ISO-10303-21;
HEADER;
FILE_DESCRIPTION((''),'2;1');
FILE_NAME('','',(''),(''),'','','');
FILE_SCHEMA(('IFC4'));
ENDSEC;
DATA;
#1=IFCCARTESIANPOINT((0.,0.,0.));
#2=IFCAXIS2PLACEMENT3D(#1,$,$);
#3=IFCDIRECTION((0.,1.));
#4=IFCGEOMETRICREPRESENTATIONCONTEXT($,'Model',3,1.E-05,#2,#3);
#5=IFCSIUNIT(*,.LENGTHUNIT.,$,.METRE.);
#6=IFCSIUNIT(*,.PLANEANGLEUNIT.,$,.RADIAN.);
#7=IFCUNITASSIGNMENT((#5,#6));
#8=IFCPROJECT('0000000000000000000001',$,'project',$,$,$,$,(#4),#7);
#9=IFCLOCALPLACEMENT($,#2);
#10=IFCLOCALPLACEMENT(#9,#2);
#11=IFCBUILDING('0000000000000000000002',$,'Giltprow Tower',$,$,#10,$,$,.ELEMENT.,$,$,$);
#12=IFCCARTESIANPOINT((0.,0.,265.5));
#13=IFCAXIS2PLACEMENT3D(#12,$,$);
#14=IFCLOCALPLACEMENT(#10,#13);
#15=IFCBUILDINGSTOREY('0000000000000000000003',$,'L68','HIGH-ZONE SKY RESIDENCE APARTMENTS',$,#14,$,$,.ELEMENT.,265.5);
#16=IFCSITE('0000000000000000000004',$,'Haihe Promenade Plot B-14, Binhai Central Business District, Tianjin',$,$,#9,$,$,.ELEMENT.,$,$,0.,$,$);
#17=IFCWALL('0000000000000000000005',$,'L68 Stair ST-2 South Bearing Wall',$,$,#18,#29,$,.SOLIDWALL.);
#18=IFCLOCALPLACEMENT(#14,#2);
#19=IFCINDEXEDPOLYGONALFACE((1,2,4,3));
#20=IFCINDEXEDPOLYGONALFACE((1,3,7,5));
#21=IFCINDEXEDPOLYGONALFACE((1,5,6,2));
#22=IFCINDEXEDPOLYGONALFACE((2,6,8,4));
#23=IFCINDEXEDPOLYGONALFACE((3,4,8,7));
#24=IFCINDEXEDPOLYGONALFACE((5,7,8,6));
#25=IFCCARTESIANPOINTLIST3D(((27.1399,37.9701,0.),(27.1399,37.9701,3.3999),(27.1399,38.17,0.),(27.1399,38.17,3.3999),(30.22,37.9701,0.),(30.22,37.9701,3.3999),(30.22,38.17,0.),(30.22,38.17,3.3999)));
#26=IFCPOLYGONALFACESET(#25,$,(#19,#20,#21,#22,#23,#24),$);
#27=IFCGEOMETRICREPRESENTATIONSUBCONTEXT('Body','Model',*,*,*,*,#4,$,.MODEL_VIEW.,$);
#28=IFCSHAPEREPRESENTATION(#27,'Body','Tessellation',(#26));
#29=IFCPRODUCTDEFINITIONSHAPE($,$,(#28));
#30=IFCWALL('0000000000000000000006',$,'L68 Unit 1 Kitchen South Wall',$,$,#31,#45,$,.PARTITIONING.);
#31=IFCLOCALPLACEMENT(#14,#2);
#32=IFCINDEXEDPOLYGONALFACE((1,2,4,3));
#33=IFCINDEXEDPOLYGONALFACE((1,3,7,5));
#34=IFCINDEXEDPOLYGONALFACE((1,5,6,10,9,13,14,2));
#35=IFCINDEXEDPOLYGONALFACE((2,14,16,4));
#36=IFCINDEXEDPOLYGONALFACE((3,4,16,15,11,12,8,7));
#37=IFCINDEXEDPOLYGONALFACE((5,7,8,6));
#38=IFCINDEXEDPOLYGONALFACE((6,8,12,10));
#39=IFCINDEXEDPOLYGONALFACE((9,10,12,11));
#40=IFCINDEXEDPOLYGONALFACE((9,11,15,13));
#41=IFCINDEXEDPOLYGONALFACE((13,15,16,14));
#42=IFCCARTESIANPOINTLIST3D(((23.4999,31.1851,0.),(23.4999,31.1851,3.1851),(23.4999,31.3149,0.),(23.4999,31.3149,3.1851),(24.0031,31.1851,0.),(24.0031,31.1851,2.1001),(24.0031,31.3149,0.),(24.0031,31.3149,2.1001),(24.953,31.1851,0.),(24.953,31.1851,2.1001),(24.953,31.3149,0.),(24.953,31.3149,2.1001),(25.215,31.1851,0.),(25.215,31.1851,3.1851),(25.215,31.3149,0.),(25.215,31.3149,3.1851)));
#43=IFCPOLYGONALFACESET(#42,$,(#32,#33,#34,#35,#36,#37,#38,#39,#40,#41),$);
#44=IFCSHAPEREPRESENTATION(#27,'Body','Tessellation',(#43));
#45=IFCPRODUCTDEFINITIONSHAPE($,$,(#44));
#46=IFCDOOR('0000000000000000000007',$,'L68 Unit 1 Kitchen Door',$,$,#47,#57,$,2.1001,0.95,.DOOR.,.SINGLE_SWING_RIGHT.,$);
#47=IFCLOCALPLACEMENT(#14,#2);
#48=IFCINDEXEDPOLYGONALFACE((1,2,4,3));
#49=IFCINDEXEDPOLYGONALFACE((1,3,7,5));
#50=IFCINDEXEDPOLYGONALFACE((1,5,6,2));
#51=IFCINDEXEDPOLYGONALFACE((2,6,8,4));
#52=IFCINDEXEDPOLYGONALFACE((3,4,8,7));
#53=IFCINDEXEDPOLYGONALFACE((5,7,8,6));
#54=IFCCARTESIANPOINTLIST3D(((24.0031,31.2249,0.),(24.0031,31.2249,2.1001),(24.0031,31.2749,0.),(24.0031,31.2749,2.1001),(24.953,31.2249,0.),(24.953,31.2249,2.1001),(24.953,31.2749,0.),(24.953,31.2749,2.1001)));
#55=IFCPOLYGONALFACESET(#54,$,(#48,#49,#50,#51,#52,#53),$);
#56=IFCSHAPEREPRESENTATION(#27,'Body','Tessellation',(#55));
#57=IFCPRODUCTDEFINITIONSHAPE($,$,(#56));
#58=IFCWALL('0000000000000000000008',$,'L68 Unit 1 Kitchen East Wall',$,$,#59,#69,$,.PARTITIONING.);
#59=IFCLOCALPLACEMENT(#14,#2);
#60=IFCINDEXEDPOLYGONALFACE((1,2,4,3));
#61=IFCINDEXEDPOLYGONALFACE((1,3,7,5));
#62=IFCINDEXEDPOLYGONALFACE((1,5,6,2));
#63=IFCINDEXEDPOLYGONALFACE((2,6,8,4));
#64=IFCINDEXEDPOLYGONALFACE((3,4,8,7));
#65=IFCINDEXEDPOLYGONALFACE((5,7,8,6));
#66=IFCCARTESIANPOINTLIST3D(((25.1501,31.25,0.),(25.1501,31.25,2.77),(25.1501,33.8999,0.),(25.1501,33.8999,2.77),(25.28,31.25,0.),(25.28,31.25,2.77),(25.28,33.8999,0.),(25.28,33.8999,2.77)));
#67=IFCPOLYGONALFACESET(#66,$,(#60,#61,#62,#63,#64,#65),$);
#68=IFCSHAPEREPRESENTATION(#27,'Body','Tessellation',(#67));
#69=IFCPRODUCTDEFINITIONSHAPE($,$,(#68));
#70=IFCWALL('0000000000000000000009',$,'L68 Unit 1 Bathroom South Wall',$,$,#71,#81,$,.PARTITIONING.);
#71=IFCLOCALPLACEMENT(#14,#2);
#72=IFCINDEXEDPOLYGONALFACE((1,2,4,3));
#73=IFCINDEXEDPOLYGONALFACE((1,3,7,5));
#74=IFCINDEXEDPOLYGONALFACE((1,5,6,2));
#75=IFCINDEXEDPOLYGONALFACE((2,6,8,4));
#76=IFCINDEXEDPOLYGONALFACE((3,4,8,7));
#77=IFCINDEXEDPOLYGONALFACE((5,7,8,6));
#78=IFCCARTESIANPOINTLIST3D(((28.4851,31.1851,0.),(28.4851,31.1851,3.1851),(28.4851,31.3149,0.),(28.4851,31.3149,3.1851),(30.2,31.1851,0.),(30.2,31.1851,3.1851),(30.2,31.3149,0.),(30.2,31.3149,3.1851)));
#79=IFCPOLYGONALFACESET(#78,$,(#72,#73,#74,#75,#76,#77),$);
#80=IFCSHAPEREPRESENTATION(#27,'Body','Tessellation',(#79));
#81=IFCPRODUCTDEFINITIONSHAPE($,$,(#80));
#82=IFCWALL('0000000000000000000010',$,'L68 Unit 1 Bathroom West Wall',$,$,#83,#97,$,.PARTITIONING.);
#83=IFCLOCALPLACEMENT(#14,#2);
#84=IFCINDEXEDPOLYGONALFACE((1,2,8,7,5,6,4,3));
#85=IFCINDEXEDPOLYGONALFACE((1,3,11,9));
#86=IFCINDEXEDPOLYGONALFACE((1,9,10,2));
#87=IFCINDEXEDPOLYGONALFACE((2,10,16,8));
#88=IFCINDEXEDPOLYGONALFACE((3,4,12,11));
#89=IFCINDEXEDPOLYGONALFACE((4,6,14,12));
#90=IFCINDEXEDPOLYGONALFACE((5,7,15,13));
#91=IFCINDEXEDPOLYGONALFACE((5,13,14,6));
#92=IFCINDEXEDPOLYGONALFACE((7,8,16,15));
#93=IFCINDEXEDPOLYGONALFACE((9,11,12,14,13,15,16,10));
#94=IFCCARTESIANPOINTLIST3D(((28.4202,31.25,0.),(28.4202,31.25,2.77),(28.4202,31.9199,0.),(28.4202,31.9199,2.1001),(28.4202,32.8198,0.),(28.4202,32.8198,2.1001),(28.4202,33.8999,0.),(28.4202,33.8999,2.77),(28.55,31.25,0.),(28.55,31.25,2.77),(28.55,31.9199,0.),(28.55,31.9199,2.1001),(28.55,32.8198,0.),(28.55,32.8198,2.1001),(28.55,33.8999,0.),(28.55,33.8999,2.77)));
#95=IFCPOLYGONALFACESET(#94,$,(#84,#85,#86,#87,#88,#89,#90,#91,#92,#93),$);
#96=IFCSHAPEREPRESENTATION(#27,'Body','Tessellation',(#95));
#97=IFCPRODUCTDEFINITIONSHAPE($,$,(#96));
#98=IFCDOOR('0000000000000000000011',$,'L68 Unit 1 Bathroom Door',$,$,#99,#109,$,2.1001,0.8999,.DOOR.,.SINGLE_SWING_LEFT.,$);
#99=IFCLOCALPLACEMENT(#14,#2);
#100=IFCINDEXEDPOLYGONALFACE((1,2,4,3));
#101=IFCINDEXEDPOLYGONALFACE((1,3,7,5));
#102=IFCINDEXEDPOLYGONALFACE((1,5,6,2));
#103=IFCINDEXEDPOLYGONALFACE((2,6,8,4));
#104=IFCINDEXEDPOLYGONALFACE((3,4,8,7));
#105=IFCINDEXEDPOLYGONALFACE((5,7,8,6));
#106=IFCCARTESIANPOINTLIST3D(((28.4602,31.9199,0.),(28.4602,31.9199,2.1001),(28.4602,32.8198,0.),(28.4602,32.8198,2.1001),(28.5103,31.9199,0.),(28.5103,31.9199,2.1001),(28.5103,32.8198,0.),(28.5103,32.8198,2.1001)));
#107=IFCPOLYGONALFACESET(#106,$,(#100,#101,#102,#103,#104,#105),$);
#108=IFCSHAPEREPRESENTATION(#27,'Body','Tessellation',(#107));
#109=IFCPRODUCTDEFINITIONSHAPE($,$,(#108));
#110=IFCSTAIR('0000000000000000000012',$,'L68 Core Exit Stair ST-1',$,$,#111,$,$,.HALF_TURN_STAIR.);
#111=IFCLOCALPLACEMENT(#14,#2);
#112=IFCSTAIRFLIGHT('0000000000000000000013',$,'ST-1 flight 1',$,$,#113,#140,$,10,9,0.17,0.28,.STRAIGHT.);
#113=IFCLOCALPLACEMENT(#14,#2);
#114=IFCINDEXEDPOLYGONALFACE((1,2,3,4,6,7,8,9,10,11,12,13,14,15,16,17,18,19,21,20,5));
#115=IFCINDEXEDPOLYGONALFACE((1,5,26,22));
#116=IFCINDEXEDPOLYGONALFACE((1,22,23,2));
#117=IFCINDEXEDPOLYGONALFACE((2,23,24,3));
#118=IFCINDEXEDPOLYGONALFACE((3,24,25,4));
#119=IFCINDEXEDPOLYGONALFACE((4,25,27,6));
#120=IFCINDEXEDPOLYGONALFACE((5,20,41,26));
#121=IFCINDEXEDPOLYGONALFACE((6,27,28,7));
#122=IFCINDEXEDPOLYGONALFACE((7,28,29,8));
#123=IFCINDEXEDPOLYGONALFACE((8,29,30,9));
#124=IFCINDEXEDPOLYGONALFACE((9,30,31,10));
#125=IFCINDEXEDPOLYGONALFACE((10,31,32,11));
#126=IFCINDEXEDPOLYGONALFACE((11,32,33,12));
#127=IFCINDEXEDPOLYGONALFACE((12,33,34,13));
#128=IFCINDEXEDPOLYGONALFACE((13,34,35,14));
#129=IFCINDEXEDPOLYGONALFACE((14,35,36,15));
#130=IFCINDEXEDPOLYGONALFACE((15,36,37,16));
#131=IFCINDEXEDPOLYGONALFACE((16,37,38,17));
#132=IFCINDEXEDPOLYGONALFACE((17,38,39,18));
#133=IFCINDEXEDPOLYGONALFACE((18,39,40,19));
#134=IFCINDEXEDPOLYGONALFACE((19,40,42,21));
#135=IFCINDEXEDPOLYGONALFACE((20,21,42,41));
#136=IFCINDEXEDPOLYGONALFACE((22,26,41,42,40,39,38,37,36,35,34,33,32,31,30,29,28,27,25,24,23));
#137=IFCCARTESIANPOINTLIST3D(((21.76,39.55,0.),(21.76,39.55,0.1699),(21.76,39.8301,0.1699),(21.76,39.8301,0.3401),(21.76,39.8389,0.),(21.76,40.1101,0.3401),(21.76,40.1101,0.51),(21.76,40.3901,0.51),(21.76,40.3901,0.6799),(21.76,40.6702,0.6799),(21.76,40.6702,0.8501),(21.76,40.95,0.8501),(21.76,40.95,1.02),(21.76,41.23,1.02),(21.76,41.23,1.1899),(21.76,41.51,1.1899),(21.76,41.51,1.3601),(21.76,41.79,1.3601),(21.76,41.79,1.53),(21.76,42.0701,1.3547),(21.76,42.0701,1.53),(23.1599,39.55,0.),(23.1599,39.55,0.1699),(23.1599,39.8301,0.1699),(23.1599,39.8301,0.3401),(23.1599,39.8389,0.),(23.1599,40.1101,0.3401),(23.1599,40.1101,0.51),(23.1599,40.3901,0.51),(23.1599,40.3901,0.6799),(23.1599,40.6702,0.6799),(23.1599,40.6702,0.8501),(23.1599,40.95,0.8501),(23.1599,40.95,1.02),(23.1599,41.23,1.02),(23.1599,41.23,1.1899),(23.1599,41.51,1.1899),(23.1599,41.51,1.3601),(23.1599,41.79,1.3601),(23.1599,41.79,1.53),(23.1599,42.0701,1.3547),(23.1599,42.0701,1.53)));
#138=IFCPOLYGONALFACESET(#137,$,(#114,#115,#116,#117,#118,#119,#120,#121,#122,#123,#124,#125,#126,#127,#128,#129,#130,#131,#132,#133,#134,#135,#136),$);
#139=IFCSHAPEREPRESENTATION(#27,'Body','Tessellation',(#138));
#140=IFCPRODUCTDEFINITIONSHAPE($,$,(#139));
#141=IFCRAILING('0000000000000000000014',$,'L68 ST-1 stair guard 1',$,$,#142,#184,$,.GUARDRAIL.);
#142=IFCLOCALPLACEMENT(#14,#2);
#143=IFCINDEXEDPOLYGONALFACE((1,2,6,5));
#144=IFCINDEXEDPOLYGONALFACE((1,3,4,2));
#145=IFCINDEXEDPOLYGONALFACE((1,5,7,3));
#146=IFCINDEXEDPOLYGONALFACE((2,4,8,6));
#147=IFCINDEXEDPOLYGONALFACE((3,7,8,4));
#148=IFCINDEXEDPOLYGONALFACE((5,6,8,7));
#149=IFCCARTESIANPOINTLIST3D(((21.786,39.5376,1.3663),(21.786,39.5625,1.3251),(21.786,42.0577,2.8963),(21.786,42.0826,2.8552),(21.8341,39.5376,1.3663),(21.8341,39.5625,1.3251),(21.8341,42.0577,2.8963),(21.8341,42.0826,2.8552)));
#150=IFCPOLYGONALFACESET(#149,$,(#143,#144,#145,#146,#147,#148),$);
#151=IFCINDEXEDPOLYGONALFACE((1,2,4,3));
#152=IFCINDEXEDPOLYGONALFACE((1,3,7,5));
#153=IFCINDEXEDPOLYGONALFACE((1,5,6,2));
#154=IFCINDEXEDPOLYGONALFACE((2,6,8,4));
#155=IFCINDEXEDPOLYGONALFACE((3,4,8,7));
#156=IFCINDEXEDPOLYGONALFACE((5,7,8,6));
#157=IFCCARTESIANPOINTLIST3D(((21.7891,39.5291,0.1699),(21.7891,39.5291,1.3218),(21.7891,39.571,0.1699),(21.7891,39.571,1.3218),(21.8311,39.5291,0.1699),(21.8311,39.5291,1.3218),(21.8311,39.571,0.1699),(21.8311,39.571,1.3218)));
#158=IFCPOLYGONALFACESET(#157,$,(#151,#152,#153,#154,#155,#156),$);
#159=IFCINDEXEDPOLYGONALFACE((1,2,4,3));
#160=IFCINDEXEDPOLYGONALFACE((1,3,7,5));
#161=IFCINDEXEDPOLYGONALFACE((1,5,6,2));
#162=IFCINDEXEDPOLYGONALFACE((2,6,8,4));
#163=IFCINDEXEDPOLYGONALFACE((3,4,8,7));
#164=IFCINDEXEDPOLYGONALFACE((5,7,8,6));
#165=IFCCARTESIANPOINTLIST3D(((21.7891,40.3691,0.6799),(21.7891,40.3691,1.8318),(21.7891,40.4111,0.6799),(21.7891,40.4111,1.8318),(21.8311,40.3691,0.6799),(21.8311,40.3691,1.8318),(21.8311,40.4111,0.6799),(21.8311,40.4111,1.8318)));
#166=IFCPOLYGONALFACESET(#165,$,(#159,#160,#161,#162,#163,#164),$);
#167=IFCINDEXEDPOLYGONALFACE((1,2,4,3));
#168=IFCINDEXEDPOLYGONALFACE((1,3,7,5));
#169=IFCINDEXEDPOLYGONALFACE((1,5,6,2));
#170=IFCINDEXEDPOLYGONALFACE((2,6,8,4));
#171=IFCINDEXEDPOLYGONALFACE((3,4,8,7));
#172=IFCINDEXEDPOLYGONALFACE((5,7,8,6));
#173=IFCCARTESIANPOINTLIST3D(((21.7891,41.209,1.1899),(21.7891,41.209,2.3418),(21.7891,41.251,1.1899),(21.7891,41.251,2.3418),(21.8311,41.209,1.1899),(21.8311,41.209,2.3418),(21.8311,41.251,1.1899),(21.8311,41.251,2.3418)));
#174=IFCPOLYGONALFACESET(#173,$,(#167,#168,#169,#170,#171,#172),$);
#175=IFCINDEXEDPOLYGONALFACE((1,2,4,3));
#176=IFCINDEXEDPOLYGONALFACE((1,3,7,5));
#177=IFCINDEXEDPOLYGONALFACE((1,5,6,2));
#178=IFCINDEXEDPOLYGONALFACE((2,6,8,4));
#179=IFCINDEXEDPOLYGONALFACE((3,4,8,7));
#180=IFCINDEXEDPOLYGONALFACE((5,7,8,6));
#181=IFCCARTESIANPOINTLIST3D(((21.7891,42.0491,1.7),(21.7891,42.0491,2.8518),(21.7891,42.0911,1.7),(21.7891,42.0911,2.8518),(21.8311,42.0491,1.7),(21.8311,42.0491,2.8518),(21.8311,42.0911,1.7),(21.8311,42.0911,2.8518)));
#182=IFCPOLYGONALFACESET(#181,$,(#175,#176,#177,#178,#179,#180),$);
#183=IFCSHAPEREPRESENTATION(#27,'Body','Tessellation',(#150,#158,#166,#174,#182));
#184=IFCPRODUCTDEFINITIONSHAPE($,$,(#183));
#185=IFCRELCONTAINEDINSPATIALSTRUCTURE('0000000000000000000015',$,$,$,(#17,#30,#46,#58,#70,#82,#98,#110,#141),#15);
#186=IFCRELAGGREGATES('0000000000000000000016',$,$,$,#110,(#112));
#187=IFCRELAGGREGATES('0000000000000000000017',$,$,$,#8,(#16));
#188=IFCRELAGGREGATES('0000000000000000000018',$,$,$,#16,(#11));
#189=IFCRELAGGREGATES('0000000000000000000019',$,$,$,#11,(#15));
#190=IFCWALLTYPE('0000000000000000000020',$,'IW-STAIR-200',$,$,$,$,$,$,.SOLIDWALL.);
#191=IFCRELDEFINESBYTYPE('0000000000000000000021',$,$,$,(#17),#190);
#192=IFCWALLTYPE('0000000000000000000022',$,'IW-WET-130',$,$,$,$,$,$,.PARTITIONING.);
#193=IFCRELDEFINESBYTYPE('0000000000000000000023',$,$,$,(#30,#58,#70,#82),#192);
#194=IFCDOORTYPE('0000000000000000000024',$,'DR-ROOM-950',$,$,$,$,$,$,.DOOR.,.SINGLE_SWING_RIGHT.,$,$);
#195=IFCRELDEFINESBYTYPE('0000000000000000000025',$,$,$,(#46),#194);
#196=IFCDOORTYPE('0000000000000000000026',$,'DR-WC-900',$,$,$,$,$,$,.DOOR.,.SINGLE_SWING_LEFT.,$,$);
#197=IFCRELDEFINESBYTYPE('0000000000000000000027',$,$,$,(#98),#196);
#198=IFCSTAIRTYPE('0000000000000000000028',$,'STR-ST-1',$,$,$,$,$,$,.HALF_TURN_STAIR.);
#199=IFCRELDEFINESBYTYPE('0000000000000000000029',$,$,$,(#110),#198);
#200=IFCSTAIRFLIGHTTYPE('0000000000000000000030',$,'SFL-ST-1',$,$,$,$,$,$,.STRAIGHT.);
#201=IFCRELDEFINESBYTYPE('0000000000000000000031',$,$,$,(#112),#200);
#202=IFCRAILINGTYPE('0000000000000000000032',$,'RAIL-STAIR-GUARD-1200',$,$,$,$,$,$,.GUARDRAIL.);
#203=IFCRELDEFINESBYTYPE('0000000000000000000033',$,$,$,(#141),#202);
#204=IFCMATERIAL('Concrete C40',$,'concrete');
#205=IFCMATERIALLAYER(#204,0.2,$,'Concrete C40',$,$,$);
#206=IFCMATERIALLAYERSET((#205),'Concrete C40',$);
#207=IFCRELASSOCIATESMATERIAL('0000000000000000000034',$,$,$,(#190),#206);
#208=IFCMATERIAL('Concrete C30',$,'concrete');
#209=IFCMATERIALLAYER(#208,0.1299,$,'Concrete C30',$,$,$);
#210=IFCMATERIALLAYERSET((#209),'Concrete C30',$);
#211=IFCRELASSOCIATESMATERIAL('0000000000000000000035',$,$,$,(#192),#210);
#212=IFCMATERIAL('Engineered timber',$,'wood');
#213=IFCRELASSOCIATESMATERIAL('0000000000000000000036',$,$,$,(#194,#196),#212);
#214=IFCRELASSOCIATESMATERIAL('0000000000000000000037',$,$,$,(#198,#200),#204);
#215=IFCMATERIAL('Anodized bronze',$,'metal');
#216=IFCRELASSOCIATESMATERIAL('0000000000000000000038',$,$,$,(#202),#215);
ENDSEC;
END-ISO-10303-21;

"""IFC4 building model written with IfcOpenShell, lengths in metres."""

from ifc_helpers import new_model, si_unit, direction, frame, frame_2d, origin, origin_2d, place, context, subcontext, project, spatial, polyline, rectangle, outline, extrude, source, transform, mapped, material, layer, layer_set, type_object, element, fill, aggregate, save


model = new_model("IFC4")

# Units and contexts
model_context = context("Model", 3, precision=1e-05, world=origin(), true_north=direction((0.0, 1.0)))
body_context = subcontext(model_context, "Body", "Model", "MODEL_VIEW")
ifc_project = project(units=[si_unit("LENGTHUNIT", "METRE"), si_unit("PLANEANGLEUNIT", "RADIAN")], contexts=[model_context])

# Site, building, storey
site_placement = place(None, origin())
site = spatial("IfcSite", under=ifc_project, at=site_placement, Name="Haihe Promenade Plot B-14, Binhai Central Business District, Tianjin", CompositionType="ELEMENT", RefElevation=0.0)
building_placement = place(site_placement, origin())
building = spatial("IfcBuilding", under=site, at=building_placement, Name="Giltprow Tower", CompositionType="ELEMENT")
storey_placement = place(building_placement, frame((0.0, 0.0, 265.5)))
storey = spatial("IfcBuildingStorey", under=building, at=storey_placement, Name="L68", Description="HIGH-ZONE SKY RESIDENCE APARTMENTS", CompositionType="ELEMENT", Elevation=265.5)

# Shared definitions
ifc_material_1 = material(Name="Concrete C40", Category="concrete")
ifc_layer_1 = layer(ifc_material_1, 0.2, Name="Concrete C40")
ifc_layer_set_1 = layer_set([ifc_layer_1], Name="Concrete C40")
wall_type_1 = type_object("IfcWallType", Name="IW-STAIR-200", PredefinedType="SOLIDWALL", material=ifc_layer_set_1)

# Wall
wall_1_placement = place(storey_placement, frame((27.1399, 38.0701, 0.0), z_axis=(0.0, 0.0, 1.0), x_axis=(1.0, 0.0, 0.0)))
element("IfcWall", 1, at=wall_1_placement, inside=storey, type_object=wall_type_1, Name="L68 Stair ST-2 South Bearing Wall", PredefinedType="SOLIDWALL", context=body_context, shape_type="SweptSolid", body=[
    extrude(rectangle(XDim=3.0801, YDim=0.2, at=frame_2d((1.54, 0.0))), origin(), (0.0, 0.0, 1.0), 3.3999),
])

# Wall, opening, door
ifc_material_2 = material(Name="Concrete C30", Category="concrete")
ifc_layer_2 = layer(ifc_material_2, 0.1299, Name="Concrete C30")
ifc_layer_set_2 = layer_set([ifc_layer_2], Name="Concrete C30")
wall_type_2 = type_object("IfcWallType", Name="IW-WET-130", PredefinedType="PARTITIONING", material=ifc_layer_set_2)
wall_2_placement = place(storey_placement, frame((23.5, 31.25, 0.0), z_axis=(0.0, 0.0, 1.0), x_axis=(1.0, 0.0, 0.0)))
wall_2 = element("IfcWall", 2, at=wall_2_placement, inside=storey, type_object=wall_type_2, Name="L68 Unit 1 Kitchen South Wall", PredefinedType="PARTITIONING", context=body_context, shape_type="SweptSolid", body=[
    extrude(rectangle(XDim=1.7151, YDim=0.1299, at=frame_2d((0.8574, 0.0))), origin(), (0.0, 0.0, 1.0), 3.1851),
])
opening_1_placement = place(wall_2_placement, frame((0.5029, 0.0, 0.0)))
opening_1 = element("IfcOpeningElement", 3, at=opening_1_placement, cuts=wall_2, PredefinedType="OPENING", context=body_context, shape_type="SweptSolid", body=[
    extrude(rectangle(XDim=0.95, YDim=2.1001, at=frame_2d((0.4751, 1.05))), frame((0.0, 0.075, 0.0), z_axis=(0.0, -1.0, 0.0), x_axis=(1.0, 0.0, 0.0)), (0.0, 0.0, 1.0), 0.1499),
])
ifc_material_3 = material(Name="Engineered timber", Category="wood")
door_type_1 = type_object("IfcDoorType", Name="DR-ROOM-950", OperationType="SINGLE_SWING_RIGHT", PredefinedType="DOOR", material=ifc_material_3)
shared_shape_1 = source(origin(), body_context, "Body", "SweptSolid", [
    extrude(rectangle(XDim=0.95, YDim=2.1001, at=frame_2d((0.4751, 1.05))), frame((0.0, 0.0249, 0.0), z_axis=(0.0, -1.0, 0.0), x_axis=(1.0, 0.0, 0.0)), (0.0, 0.0, 1.0), 0.05),
])
door_1_placement = place(opening_1_placement, origin())
door_1 = element("IfcDoor", 4, at=door_1_placement, inside=storey, type_object=door_type_1, Name="L68 Unit 1 Kitchen Door", OperationType="SINGLE_SWING_RIGHT", OverallHeight=2.1001, OverallWidth=0.95, PredefinedType="DOOR", context=body_context, shape_type="MappedRepresentation", body=[
    mapped(shared_shape_1, transform((0.0, 0.0, 0.0), x_axis=(1.0, 0.0, 0.0), y_axis=(0.0, 1.0, 0.0), z_axis=(0.0, 0.0, 1.0), scale=1.0)),
])
fill(opening_1, door_1)

# Walls
wall_3_placement = place(storey_placement, frame((25.2151, 31.25, 0.0), z_axis=(0.0, 0.0, 1.0), x_axis=(0.0, 1.0, 0.0)))
element("IfcWall", 5, at=wall_3_placement, inside=storey, type_object=wall_type_2, Name="L68 Unit 1 Kitchen East Wall", PredefinedType="PARTITIONING", context=body_context, shape_type="SweptSolid", body=[
    extrude(rectangle(XDim=2.6499, YDim=0.1299, at=frame_2d((1.325, 0.0))), origin(), (0.0, 0.0, 1.0), 2.77),
])
wall_4_placement = place(storey_placement, frame((28.4851, 31.25, 0.0), z_axis=(0.0, 0.0, 1.0), x_axis=(1.0, 0.0, 0.0)))
element("IfcWall", 6, at=wall_4_placement, inside=storey, type_object=wall_type_2, Name="L68 Unit 1 Bathroom South Wall", PredefinedType="PARTITIONING", context=body_context, shape_type="SweptSolid", body=[
    extrude(rectangle(XDim=1.7148, YDim=0.1299, at=frame_2d((0.8574, 0.0))), origin(), (0.0, 0.0, 1.0), 3.1851),
])

# Wall, opening, door
wall_5_placement = place(storey_placement, frame((28.4851, 31.25, 0.0), z_axis=(0.0, 0.0, 1.0), x_axis=(0.0, 1.0, 0.0)))
wall_5 = element("IfcWall", 7, at=wall_5_placement, inside=storey, type_object=wall_type_2, Name="L68 Unit 1 Bathroom West Wall", PredefinedType="PARTITIONING", context=body_context, shape_type="SweptSolid", body=[
    extrude(rectangle(XDim=2.6499, YDim=0.1299, at=frame_2d((1.325, 0.0))), origin(), (0.0, 0.0, 1.0), 2.77),
])
opening_2_placement = place(wall_5_placement, frame((0.6699, 0.0, 0.0)))
opening_2 = element("IfcOpeningElement", 8, at=opening_2_placement, cuts=wall_5, PredefinedType="OPENING", context=body_context, shape_type="SweptSolid", body=[
    extrude(rectangle(XDim=0.8999, YDim=2.1001, at=frame_2d((0.45, 1.05))), frame((0.0, 0.075, 0.0), z_axis=(0.0, -1.0, 0.0), x_axis=(1.0, 0.0, 0.0)), (0.0, 0.0, 1.0), 0.1499),
])
door_type_2 = type_object("IfcDoorType", Name="DR-WC-900", OperationType="SINGLE_SWING_LEFT", PredefinedType="DOOR", material=ifc_material_3)
shared_shape_2 = source(origin(), body_context, "Body", "SweptSolid", [
    extrude(rectangle(XDim=0.8999, YDim=2.1001, at=frame_2d((0.45, 1.05))), frame((0.0, 0.0249, 0.0), z_axis=(0.0, -1.0, 0.0), x_axis=(1.0, 0.0, 0.0)), (0.0, 0.0, 1.0), 0.05),
])
door_2_placement = place(opening_2_placement, origin())
door_2 = element("IfcDoor", 9, at=door_2_placement, inside=storey, type_object=door_type_2, Name="L68 Unit 1 Bathroom Door", OperationType="SINGLE_SWING_LEFT", OverallHeight=2.1001, OverallWidth=0.8999, PredefinedType="DOOR", context=body_context, shape_type="MappedRepresentation", body=[
    mapped(shared_shape_2, transform((0.0, 0.0, 0.0), x_axis=(1.0, 0.0, 0.0), y_axis=(0.0, 1.0, 0.0), z_axis=(0.0, 0.0, 1.0), scale=1.0)),
])
fill(opening_2, door_2)

# Stair, stair flight
stair_type = type_object("IfcStairType", Name="STR-ST-1", PredefinedType="HALF_TURN_STAIR", material=ifc_material_1)
stair_placement = place(storey_placement, origin())
stair = element("IfcStair", 10, at=stair_placement, inside=storey, type_object=stair_type, Name="L68 Core Exit Stair ST-1", PredefinedType="HALF_TURN_STAIR")
stair_flight_type = type_object("IfcStairFlightType", Name="SFL-ST-1", PredefinedType="STRAIGHT", material=ifc_material_1)
stair_flight_placement = place(storey_placement, frame((22.46, 39.55, 0.0), z_axis=(0.0, 0.0, 1.0), x_axis=(0.0, 1.0, 0.0)))
stair_flight = element("IfcStairFlight", 11, at=stair_flight_placement, type_object=stair_flight_type, Name="ST-1 flight 1", NumberOfRisers=10, NumberOfTreads=9, PredefinedType="STRAIGHT", RiserHeight=0.17, TreadLength=0.28, context=body_context, shape_type="SweptSolid", body=[
    extrude(outline(polyline([(0.0, 0.0), (0.0, 0.1699), (0.28, 0.1699), (0.28, 0.3401), (0.5601, 0.3401), (0.5601, 0.51), (0.8401, 0.51), (0.8401, 0.6799), (1.1201, 0.6799), (1.1201, 0.8501), (1.3999, 0.8501), (1.3999, 1.02), (1.6799, 1.02), (1.6799, 1.1899), (1.96, 1.1899), (1.96, 1.3601), (2.24, 1.3601), (2.24, 1.53), (2.52, 1.53), (2.52, 1.7), (2.52, 1.3547), (0.2888, 0.0), (0.0, 0.0)])), frame((0.0, 0.7, 0.0), z_axis=(0.0, -1.0, 0.0), x_axis=(1.0, 0.0, 0.0)), (0.0, 0.0, 1.0), 1.3999),
])
aggregate(stair, [stair_flight])

# Railing
ifc_material_4 = material(Name="Anodized bronze", Category="metal")
railing_type = type_object("IfcRailingType", Name="RAIL-STAIR-GUARD-1200", PredefinedType="GUARDRAIL", material=ifc_material_4)
railing_placement = place(storey_placement, frame((21.8101, 39.55, 0.1699)))
element("IfcRailing", 12, at=railing_placement, inside=storey, type_object=railing_type, Name="L68 ST-1 stair guard 1", PredefinedType="GUARDRAIL", context=body_context, shape_type="SweptSolid", body=[
    extrude(rectangle(XDim=0.0481, YDim=0.0481, at=origin_2d()), frame((0.0, 0.0, 1.1758), z_axis=(0.0, 0.854785, 0.518982), x_axis=(-1.0, 0.0, 0.0)), (0.0, 0.0, 1.0), 2.9482),
    extrude(rectangle(XDim=0.042, YDim=0.042, at=origin_2d()), origin(), (0.0, 0.0, 1.0), 1.1519),
    extrude(rectangle(XDim=0.042, YDim=0.042, at=origin_2d()), frame((0.0, 0.8401, 0.51)), (0.0, 0.0, 1.0), 1.1519),
    extrude(rectangle(XDim=0.042, YDim=0.042, at=origin_2d()), frame((0.0, 1.6799, 1.02)), (0.0, 0.0, 1.0), 1.1519),
    extrude(rectangle(XDim=0.042, YDim=0.042, at=origin_2d()), frame((0.0, 2.52, 1.53)), (0.0, 0.0, 1.0), 1.1519),
])

save(model, "model.ifc")
